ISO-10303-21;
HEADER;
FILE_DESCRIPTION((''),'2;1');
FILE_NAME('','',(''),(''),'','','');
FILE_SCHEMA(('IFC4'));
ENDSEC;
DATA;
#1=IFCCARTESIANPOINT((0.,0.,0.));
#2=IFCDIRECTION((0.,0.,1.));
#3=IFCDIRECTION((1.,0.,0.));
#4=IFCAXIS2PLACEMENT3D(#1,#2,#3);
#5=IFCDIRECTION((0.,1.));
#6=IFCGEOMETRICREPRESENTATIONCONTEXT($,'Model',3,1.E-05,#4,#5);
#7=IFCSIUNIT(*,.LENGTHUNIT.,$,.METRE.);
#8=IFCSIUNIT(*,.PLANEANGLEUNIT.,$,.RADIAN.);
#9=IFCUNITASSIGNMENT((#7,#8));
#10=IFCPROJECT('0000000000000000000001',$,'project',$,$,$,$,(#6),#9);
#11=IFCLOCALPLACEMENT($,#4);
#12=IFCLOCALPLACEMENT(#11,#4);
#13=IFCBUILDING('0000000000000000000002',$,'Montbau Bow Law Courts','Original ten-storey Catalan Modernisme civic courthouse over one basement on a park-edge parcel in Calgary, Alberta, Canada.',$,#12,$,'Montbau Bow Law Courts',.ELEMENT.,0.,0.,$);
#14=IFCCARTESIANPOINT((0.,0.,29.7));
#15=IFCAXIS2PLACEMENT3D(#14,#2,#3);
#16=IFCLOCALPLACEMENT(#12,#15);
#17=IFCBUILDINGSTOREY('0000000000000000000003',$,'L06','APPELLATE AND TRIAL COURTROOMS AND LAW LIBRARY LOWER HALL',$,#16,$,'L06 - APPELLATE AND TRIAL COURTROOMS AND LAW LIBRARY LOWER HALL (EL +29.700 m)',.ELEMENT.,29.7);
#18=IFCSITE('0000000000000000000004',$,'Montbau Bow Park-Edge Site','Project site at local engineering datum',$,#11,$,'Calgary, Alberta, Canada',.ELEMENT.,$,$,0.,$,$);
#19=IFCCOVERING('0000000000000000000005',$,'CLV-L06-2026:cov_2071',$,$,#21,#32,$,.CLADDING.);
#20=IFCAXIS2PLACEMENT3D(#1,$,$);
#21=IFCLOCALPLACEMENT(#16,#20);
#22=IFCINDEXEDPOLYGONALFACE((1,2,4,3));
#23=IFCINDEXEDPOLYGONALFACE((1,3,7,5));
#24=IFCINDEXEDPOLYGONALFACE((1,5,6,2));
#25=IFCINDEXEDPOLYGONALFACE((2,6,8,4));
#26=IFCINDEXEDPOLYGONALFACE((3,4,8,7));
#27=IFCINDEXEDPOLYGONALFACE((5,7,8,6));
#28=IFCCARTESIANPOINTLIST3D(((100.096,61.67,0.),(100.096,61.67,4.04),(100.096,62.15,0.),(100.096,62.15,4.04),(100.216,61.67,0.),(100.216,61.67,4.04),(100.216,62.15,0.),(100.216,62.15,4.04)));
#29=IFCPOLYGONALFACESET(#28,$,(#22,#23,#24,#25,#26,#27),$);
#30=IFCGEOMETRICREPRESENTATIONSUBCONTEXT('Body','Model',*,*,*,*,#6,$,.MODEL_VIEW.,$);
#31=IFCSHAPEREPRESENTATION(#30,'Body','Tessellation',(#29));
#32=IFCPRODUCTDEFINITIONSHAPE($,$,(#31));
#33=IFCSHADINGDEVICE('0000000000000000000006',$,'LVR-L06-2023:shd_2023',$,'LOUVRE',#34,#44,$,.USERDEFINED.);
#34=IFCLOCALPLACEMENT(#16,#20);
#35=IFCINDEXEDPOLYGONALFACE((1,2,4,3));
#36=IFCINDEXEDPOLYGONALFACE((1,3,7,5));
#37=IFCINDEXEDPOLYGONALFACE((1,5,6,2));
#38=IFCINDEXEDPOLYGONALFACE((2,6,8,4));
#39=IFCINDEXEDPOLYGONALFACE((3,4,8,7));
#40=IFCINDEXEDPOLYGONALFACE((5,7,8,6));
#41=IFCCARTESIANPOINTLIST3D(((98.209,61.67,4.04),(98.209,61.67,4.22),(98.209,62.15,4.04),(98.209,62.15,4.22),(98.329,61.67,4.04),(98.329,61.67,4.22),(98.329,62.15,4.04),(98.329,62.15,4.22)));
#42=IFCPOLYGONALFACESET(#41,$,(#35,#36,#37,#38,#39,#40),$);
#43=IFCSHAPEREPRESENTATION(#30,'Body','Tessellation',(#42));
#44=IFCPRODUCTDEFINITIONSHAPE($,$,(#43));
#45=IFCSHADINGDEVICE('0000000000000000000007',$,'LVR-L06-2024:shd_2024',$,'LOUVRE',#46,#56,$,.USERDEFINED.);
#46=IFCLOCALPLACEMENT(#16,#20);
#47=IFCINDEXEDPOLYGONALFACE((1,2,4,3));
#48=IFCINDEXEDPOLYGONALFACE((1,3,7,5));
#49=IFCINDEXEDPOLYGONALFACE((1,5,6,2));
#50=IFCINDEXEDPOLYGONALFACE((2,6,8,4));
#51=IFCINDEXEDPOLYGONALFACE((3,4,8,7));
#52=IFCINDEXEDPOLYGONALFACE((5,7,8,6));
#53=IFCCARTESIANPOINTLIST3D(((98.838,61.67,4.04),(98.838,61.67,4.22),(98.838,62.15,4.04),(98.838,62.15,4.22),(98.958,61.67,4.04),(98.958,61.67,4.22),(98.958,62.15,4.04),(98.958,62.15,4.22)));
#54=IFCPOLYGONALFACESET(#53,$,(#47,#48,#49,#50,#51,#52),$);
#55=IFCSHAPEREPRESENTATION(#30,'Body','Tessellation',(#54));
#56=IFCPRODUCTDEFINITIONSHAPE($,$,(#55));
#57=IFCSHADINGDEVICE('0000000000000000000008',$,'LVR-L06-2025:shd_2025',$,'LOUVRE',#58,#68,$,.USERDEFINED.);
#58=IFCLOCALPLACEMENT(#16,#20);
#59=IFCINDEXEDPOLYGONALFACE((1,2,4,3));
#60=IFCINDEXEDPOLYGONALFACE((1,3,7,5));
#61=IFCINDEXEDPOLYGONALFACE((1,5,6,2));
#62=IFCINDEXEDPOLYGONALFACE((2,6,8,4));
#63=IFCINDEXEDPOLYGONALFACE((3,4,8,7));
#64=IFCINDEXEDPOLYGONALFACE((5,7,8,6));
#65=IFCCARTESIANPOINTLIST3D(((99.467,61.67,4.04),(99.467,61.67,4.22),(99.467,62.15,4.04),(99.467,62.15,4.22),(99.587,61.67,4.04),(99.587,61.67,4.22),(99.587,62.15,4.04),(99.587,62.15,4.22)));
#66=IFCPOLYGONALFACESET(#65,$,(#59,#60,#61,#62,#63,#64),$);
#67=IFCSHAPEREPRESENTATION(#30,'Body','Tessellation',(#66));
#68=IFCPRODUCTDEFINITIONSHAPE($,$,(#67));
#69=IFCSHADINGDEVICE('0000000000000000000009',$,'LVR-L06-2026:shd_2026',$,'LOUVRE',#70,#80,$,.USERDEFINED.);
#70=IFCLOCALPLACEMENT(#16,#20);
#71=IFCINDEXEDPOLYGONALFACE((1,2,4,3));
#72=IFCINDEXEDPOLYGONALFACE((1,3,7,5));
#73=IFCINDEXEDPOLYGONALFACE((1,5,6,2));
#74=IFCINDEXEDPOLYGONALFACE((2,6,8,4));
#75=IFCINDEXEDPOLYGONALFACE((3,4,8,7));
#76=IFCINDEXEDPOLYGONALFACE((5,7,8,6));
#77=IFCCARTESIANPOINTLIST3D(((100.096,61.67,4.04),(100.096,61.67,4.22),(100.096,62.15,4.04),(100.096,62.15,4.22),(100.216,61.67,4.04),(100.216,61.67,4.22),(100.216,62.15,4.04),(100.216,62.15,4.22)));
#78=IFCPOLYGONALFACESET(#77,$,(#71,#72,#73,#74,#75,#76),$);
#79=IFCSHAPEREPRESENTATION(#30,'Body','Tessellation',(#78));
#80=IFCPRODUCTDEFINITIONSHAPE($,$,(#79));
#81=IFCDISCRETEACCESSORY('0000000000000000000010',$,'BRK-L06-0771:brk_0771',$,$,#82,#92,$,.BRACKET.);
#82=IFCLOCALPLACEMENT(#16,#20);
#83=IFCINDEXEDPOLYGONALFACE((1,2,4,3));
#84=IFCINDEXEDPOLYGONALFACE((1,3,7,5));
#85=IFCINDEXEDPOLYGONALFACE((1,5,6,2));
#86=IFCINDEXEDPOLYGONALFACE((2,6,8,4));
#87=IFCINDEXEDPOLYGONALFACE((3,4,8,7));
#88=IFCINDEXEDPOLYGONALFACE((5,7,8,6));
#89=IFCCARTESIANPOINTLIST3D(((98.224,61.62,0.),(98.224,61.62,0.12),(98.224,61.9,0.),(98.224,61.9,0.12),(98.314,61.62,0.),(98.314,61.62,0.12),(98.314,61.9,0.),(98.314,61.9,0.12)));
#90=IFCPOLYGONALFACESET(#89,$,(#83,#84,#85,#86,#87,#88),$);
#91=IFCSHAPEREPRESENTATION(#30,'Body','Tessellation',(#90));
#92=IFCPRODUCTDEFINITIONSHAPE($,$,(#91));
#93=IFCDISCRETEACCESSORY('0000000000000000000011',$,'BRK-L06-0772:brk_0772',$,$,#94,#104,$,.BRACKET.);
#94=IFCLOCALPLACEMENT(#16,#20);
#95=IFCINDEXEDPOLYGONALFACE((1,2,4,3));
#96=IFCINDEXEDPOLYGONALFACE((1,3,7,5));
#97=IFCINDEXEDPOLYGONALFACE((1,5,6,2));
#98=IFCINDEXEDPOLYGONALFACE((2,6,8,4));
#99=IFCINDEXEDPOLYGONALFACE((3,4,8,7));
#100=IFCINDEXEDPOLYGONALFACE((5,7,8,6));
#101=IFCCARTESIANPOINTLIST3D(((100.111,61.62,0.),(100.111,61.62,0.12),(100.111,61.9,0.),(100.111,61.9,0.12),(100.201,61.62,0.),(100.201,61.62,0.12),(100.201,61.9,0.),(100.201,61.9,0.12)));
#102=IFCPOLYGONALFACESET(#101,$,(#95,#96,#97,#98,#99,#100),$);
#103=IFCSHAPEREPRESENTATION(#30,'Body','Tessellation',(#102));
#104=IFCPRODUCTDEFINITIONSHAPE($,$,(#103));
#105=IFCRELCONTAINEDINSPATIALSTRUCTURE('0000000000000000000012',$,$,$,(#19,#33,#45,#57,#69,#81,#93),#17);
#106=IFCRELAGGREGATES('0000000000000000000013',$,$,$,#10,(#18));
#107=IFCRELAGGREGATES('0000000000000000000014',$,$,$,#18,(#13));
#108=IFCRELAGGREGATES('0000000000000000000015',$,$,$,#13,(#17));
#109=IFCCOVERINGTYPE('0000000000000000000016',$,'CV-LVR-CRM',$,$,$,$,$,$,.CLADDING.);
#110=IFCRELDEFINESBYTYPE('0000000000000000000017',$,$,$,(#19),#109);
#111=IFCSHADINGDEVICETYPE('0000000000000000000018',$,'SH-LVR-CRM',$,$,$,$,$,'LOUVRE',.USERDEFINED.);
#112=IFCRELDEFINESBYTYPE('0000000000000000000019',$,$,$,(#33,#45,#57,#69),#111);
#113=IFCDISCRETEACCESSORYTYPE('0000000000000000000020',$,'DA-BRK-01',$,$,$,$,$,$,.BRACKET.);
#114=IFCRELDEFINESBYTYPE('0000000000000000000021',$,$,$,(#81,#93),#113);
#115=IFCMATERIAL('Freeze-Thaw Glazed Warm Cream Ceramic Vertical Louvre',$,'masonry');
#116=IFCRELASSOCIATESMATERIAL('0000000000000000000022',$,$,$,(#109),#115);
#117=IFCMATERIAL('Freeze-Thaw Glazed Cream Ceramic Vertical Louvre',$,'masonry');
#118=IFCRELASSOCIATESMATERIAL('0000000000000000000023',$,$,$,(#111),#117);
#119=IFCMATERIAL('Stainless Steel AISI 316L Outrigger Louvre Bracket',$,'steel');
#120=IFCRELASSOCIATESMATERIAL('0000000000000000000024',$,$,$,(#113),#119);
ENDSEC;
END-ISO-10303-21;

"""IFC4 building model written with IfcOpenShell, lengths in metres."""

from ifc_helpers import new_model, si_unit, direction, frame, frame_2d, origin_with_axes, origin_2d_with_axis, place, context, subcontext, project, spatial, rectangle, extrude, material, type_object, element, save


model = new_model("IFC4")

# Units and contexts
model_context = context("Model", 3, precision=1e-05, world=origin_with_axes(), true_north=direction((0.0, 1.0)))
body_context = subcontext(model_context, "Body", "Model", "MODEL_VIEW")
ifc_project = project(units=[si_unit("LENGTHUNIT", "METRE"), si_unit("PLANEANGLEUNIT", "RADIAN")], contexts=[model_context])

# Site, building, storey
site_placement = place(None, origin_with_axes())
site = spatial("IfcSite", under=ifc_project, at=site_placement, Name="Montbau Bow Park-Edge Site", Description="Project site at local engineering datum", LongName="Calgary, Alberta, Canada", CompositionType="ELEMENT", RefElevation=0.0)
building_placement = place(site_placement, origin_with_axes())
building = spatial("IfcBuilding", under=site, at=building_placement, Name="Montbau Bow Law Courts", Description="Original ten-storey Catalan Modernisme civic courthouse over one basement on a park-edge parcel in Calgary, Alberta, Canada.", LongName="Montbau Bow Law Courts", CompositionType="ELEMENT", ElevationOfRefHeight=0.0, ElevationOfTerrain=0.0)
storey_placement = place(building_placement, frame((0.0, 0.0, 29.7), z_axis=(0.0, 0.0, 1.0), x_axis=(1.0, 0.0, 0.0)))
storey = spatial("IfcBuildingStorey", under=building, at=storey_placement, Name="L06", Description="APPELLATE AND TRIAL COURTROOMS AND LAW LIBRARY LOWER HALL", LongName="L06 - APPELLATE AND TRIAL COURTROOMS AND LAW LIBRARY LOWER HALL (EL +29.700 m)", CompositionType="ELEMENT", Elevation=29.7)

# Covering
ifc_material_1 = material(Name="Freeze-Thaw Glazed Warm Cream Ceramic Vertical Louvre", Category="masonry")
covering_type = type_object("IfcCoveringType", Name="CV-LVR-CRM", PredefinedType="CLADDING", material=ifc_material_1)
for number, where, z_axis, x_axis, name in (
    (1, (100.156, 61.67, 29.7), (1.0, 0.0, 0.0), (0.0, 1.0, 0.0), "CLV-L06-2026:cov_2071"),
):
    element("IfcCovering", number, at=place(None, frame(where, z_axis=z_axis, x_axis=x_axis)), inside=storey, type_object=covering_type, Name=name, PredefinedType="CLADDING", context=body_context, shape_type="SweptSolid", body=[
        extrude(rectangle(XDim=0.48, YDim=4.04, at=frame_2d((0.24, 2.02), x_axis=(1.0, 0.0))), frame((0.0, 0.0, -0.06), z_axis=(0.0, 0.0, 1.0), x_axis=(1.0, 0.0, 0.0)), (0.0, 0.0, 1.0), 0.12),
    ])

# Shading devices
ifc_material_2 = material(Name="Freeze-Thaw Glazed Cream Ceramic Vertical Louvre", Category="masonry")
shading_device_type = type_object("IfcShadingDeviceType", Name="SH-LVR-CRM", ElementType="LOUVRE", PredefinedType="USERDEFINED", material=ifc_material_2)
for number, where, z_axis, x_axis, name in (
    (2, (98.269, 61.91, 33.74), (0.0, 0.0, 1.0), (0.0, 1.0, 0.0), "LVR-L06-2023:shd_2023"),
    (3, (98.898, 61.91, 33.74), (0.0, 0.0, 1.0), (0.0, 1.0, 0.0), "LVR-L06-2024:shd_2024"),
    (4, (99.527, 61.91, 33.74), (0.0, 0.0, 1.0), (0.0, 1.0, 0.0), "LVR-L06-2025:shd_2025"),
    (5, (100.156, 61.91, 33.74), (0.0, 0.0, 1.0), (0.0, 1.0, 0.0), "LVR-L06-2026:shd_2026"),
):
    element("IfcShadingDevice", number, at=place(None, frame(where, z_axis=z_axis, x_axis=x_axis)), inside=storey, type_object=shading_device_type, Name=name, ObjectType="LOUVRE", PredefinedType="USERDEFINED", context=body_context, shape_type="SweptSolid", body=[
        extrude(rectangle(XDim=0.48, YDim=0.12, at=origin_2d_with_axis()), origin_with_axes(), (0.0, 0.0, 1.0), 0.18),
    ])

# Discrete accessories
ifc_material_3 = material(Name="Stainless Steel AISI 316L Outrigger Louvre Bracket", Category="steel")
discrete_accessory_type = type_object("IfcDiscreteAccessoryType", Name="DA-BRK-01", PredefinedType="BRACKET", material=ifc_material_3)
for number, where, z_axis, x_axis, name in (
    (6, (98.269, 61.76, 29.7), (0.0, 0.0, 1.0), (0.0, 1.0, 0.0), "BRK-L06-0771:brk_0771"),
    (7, (100.156, 61.76, 29.7), (0.0, 0.0, 1.0), (0.0, 1.0, 0.0), "BRK-L06-0772:brk_0772"),
):
    element("IfcDiscreteAccessory", number, at=place(None, frame(where, z_axis=z_axis, x_axis=x_axis)), inside=storey, type_object=discrete_accessory_type, Name=name, PredefinedType="BRACKET", context=body_context, shape_type="SweptSolid", body=[
        extrude(rectangle(XDim=0.28, YDim=0.09, at=origin_2d_with_axis()), origin_with_axes(), (0.0, 0.0, 1.0), 0.12),
    ])

save(model, "model.ifc")
